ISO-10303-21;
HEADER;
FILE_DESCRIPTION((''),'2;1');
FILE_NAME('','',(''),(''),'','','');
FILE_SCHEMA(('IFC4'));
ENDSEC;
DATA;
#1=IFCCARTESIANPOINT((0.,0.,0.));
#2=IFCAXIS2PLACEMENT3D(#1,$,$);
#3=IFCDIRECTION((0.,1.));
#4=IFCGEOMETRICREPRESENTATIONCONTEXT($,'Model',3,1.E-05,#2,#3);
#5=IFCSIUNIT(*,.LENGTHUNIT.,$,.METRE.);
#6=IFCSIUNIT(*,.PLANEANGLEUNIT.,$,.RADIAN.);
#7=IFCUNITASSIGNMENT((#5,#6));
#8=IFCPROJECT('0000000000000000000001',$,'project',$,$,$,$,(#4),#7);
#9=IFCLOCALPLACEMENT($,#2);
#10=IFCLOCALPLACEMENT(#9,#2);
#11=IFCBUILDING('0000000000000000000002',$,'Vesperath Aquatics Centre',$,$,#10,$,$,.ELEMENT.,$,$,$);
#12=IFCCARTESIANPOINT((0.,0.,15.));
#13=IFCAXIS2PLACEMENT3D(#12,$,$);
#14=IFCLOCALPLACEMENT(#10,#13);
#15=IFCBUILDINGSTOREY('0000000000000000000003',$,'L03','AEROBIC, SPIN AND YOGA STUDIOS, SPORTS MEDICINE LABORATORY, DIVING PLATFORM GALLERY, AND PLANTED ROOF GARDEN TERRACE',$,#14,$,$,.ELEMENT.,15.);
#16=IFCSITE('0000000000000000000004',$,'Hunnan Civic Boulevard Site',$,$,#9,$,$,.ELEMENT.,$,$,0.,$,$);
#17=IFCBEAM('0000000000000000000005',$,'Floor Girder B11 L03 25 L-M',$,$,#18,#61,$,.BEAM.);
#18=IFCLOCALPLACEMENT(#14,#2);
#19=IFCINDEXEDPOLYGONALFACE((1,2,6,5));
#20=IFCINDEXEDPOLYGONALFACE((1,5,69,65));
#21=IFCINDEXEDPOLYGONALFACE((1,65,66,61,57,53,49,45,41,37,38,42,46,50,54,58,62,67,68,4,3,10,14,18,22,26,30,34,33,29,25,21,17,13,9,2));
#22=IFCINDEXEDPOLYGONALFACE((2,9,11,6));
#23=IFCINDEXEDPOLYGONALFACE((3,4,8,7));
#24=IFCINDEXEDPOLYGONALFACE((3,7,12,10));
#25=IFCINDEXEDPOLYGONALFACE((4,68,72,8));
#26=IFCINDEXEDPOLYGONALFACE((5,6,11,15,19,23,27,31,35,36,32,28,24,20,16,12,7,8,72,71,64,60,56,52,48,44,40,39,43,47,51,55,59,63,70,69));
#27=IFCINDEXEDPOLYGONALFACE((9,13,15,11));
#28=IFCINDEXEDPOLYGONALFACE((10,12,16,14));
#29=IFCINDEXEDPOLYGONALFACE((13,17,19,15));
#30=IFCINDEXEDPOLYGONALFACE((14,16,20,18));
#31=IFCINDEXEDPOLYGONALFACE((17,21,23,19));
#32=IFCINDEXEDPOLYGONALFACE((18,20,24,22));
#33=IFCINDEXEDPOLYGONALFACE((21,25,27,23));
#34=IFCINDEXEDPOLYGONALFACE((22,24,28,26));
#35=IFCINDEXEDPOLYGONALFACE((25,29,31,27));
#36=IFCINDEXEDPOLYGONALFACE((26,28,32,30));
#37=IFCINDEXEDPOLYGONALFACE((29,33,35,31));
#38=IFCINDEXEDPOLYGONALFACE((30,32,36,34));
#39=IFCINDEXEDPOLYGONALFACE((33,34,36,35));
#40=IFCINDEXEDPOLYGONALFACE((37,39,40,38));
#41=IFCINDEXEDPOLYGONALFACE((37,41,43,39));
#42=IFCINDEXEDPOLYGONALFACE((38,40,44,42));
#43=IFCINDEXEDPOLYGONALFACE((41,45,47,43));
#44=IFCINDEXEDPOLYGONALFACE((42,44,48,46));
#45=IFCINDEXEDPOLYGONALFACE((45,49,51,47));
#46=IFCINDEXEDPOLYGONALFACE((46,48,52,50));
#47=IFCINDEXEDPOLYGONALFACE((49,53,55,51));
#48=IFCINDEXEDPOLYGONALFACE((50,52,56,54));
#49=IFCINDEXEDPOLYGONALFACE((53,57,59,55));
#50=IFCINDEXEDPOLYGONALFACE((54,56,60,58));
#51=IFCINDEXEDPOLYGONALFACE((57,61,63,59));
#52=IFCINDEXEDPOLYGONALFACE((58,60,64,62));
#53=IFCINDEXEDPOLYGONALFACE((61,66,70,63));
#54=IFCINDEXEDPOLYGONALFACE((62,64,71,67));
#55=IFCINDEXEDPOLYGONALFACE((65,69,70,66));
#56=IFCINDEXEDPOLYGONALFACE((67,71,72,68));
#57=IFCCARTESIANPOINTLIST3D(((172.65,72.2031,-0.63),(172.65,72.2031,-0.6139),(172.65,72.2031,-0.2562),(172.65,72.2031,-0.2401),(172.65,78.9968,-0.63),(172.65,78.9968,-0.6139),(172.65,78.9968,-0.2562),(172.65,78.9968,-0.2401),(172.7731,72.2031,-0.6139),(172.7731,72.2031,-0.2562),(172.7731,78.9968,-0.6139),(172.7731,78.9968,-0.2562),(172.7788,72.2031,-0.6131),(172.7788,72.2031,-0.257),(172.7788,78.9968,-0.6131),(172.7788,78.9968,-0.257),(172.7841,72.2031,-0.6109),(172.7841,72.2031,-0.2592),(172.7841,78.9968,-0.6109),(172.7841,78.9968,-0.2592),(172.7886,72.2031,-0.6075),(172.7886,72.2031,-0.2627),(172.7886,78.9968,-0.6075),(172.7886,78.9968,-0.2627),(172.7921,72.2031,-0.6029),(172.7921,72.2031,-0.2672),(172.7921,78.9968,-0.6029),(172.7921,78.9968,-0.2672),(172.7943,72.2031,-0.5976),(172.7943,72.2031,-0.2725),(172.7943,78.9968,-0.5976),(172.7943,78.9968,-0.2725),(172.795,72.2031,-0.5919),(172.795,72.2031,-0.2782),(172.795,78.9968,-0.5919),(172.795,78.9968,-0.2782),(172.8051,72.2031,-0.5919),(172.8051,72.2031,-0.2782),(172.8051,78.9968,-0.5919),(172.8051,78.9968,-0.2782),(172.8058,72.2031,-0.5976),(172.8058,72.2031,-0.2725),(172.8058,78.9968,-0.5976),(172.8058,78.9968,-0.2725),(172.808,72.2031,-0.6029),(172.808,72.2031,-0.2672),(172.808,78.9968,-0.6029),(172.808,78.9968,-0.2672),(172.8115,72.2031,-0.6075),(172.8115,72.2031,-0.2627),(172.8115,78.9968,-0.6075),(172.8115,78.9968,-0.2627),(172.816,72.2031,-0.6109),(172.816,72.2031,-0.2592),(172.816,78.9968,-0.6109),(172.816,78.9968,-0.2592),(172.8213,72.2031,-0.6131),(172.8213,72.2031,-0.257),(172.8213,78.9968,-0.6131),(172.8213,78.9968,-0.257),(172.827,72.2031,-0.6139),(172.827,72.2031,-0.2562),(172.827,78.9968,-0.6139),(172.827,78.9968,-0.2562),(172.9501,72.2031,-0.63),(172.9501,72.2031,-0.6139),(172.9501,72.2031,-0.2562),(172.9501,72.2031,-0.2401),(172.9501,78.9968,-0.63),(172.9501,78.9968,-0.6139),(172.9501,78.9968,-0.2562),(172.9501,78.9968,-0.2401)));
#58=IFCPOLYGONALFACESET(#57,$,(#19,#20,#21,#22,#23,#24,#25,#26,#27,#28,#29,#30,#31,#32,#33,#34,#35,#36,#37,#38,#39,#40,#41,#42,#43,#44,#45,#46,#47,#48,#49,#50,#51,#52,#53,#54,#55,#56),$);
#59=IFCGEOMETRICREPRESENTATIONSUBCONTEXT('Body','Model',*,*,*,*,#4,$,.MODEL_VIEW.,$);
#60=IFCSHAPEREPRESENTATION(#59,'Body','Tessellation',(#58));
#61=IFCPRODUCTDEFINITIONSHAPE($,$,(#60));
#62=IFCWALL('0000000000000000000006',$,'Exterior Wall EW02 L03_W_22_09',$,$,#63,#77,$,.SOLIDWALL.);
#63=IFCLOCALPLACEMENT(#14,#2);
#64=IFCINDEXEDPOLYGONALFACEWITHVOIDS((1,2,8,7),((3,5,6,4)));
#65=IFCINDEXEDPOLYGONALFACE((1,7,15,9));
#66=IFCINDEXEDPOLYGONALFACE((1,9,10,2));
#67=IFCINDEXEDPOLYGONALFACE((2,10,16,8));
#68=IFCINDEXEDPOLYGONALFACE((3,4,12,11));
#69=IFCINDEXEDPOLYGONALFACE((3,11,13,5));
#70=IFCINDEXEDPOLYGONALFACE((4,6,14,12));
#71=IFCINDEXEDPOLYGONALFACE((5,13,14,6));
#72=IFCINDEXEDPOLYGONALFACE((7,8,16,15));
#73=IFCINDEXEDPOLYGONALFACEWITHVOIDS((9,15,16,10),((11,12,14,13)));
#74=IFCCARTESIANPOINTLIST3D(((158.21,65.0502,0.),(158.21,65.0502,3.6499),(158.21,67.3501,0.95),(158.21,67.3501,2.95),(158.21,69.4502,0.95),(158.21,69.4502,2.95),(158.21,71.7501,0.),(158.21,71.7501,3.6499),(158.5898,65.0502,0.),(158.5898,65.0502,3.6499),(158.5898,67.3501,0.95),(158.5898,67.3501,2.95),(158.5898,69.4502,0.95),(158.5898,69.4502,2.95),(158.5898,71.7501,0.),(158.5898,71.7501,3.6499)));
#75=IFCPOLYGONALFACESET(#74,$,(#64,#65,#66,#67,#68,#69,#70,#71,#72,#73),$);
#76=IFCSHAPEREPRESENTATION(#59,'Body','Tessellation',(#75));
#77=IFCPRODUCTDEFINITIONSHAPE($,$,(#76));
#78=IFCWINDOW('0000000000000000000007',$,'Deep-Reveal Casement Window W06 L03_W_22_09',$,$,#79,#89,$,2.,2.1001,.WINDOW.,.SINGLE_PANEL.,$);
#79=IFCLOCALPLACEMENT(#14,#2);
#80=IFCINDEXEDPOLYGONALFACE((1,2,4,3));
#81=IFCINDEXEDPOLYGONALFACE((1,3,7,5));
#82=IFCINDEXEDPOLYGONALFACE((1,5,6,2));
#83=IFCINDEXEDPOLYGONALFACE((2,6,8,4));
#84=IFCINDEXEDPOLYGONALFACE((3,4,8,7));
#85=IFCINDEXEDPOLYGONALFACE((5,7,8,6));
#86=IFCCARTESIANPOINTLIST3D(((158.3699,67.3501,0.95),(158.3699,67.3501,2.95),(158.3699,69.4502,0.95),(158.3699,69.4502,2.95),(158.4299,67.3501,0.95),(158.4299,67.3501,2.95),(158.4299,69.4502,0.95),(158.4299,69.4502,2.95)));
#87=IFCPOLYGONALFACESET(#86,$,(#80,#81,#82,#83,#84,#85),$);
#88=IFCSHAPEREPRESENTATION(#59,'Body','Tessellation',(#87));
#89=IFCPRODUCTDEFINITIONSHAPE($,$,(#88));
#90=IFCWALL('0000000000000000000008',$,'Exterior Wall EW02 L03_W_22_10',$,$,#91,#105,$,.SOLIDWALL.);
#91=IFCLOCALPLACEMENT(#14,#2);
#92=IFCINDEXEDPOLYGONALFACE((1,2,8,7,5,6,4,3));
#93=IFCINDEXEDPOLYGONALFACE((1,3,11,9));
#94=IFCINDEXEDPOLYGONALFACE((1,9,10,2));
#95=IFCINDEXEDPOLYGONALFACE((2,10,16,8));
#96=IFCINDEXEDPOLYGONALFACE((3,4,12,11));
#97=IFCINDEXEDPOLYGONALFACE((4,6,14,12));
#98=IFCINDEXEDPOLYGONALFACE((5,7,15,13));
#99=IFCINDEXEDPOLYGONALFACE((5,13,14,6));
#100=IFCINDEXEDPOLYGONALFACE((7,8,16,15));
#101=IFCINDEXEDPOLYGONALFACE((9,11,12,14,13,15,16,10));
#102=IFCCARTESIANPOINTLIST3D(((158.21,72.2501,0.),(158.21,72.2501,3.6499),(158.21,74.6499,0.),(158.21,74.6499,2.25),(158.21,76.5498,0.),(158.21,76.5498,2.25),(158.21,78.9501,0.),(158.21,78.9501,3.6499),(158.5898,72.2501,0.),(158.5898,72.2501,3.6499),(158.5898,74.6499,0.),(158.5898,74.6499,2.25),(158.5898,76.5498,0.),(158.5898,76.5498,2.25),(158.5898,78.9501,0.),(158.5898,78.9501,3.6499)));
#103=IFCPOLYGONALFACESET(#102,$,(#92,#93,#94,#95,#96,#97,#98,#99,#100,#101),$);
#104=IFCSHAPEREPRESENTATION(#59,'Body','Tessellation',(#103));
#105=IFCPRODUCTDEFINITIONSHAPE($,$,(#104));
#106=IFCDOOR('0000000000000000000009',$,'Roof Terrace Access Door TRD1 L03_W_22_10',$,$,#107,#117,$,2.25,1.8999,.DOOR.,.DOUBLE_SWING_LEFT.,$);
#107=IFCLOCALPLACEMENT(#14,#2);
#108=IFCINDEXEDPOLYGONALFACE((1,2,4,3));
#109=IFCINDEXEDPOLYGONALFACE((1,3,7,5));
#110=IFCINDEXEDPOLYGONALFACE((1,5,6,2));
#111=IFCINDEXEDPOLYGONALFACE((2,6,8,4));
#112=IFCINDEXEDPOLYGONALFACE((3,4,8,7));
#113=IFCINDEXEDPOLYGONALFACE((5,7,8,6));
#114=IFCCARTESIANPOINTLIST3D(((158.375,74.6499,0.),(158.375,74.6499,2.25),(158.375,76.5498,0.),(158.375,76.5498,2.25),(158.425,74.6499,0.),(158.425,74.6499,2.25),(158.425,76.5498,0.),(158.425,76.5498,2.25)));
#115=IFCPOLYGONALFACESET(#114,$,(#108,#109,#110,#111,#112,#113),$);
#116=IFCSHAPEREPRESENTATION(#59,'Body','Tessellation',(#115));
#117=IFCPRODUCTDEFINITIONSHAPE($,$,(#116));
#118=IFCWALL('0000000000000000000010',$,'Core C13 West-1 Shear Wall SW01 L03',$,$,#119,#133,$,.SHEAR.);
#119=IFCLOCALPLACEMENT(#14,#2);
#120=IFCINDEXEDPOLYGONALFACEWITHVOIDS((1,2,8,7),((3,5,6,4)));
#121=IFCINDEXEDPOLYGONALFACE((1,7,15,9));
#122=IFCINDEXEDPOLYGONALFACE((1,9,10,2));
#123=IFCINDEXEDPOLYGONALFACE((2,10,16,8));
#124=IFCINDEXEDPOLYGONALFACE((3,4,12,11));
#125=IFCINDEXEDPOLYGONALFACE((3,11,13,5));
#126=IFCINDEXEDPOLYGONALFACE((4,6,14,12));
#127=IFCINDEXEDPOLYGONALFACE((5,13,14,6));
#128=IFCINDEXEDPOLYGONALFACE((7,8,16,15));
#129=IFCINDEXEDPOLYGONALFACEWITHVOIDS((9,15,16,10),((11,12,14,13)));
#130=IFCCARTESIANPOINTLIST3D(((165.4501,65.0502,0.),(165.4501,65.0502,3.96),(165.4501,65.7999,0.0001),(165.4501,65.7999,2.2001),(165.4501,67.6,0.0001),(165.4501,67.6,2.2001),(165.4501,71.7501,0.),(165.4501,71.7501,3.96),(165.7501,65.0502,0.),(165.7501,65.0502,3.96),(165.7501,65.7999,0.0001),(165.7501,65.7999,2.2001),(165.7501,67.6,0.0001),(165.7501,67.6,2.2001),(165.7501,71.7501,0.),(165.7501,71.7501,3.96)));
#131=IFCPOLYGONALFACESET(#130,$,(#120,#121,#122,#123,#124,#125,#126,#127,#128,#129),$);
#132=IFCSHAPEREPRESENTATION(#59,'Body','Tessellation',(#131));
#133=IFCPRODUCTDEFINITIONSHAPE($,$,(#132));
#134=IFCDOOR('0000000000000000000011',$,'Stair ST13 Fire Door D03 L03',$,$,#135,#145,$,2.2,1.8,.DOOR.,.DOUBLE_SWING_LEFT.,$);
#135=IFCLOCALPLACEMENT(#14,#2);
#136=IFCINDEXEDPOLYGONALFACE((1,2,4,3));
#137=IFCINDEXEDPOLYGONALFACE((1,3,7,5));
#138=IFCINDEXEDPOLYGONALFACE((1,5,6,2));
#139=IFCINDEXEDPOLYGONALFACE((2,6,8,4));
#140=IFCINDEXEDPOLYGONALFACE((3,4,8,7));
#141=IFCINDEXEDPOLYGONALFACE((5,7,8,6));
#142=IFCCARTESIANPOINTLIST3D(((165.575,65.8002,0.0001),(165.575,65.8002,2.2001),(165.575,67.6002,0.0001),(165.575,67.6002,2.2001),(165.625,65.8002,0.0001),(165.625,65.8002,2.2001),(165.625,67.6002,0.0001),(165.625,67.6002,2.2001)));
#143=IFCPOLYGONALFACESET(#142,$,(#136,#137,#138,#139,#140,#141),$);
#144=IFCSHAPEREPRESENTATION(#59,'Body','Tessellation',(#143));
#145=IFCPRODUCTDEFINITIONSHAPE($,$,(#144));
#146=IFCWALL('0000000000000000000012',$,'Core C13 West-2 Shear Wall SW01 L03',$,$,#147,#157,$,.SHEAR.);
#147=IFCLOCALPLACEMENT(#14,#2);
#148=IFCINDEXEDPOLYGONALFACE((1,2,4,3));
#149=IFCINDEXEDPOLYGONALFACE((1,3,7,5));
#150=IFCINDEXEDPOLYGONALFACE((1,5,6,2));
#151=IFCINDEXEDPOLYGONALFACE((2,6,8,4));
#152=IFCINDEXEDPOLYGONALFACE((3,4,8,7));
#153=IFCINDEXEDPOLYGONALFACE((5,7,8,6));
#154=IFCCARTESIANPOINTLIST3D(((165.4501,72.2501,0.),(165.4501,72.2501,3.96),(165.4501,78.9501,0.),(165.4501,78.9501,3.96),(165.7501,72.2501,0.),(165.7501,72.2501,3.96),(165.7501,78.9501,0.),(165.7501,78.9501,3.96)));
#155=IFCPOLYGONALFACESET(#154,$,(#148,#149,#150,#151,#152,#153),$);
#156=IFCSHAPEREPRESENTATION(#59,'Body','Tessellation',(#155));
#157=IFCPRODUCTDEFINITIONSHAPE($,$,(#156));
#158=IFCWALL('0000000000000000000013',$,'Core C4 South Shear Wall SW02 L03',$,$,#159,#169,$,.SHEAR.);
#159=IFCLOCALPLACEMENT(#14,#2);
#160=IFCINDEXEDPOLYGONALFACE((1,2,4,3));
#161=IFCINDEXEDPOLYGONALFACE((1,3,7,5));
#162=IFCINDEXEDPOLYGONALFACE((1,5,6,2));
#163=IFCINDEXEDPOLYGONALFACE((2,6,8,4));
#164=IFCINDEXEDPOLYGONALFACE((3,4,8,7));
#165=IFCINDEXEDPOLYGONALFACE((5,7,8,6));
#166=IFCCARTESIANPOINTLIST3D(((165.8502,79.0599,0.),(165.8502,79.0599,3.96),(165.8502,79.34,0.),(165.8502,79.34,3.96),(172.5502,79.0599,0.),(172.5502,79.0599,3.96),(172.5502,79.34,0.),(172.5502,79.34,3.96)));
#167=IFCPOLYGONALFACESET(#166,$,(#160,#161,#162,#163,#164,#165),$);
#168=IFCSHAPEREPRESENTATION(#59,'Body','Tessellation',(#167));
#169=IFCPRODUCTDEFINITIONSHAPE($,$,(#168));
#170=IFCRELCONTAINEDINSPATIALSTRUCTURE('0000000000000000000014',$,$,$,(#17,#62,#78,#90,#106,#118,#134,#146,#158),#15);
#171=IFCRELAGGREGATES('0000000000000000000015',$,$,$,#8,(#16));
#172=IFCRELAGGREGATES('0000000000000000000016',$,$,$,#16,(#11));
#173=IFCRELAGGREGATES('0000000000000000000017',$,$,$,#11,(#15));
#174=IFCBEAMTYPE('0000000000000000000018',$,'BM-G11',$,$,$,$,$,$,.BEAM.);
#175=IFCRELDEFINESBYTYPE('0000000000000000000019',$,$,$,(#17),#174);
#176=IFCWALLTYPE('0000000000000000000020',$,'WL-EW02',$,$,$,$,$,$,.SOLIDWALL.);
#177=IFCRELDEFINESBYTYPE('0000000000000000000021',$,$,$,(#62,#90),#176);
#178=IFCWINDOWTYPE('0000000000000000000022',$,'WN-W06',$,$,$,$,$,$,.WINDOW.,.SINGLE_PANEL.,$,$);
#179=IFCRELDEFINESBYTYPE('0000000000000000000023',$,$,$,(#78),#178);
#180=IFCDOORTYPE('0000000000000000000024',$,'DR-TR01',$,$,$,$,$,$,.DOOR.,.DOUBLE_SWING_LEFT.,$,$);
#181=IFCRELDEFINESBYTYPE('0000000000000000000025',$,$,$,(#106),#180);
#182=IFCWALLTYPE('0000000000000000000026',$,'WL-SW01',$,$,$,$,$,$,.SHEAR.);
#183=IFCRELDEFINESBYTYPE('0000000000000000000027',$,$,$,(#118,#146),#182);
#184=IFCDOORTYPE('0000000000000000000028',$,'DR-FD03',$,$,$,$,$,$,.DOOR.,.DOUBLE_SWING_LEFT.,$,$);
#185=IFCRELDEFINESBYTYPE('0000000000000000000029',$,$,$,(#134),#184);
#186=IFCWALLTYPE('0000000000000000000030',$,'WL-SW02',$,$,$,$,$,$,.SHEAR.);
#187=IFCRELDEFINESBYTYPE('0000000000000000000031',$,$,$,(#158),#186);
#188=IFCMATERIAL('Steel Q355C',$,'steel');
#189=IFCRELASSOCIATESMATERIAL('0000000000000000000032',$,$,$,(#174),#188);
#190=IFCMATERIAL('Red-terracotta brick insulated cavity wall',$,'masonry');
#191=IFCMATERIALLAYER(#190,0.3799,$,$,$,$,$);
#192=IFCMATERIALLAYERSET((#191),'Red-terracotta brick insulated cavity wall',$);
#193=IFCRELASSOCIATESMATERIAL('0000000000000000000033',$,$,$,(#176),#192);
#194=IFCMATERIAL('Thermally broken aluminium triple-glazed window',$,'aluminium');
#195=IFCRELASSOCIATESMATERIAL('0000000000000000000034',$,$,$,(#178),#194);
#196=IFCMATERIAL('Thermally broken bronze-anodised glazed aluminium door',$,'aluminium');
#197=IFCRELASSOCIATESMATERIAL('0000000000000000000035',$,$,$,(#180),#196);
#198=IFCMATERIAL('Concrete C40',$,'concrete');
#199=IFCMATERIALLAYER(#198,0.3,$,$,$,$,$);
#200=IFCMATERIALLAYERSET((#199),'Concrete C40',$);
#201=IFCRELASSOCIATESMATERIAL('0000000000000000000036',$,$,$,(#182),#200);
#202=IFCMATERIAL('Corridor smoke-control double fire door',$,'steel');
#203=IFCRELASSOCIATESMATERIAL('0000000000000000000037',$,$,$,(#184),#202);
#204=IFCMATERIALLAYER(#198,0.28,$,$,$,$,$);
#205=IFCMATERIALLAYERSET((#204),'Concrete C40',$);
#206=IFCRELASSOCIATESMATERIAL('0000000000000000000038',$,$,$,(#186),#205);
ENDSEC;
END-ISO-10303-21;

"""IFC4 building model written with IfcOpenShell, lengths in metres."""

from ifc_helpers import new_model, si_unit, direction, frame, frame_2d, origin, origin_2d, place, context, subcontext, project, spatial, rectangle, i_section, extrude, material, layer, layer_set, material_profile, profile_set, type_object, element, fill, save


model = new_model("IFC4")

# Units and contexts
model_context = context("Model", 3, precision=1e-05, world=origin(), true_north=direction((0.0, 1.0)))
body_context = subcontext(model_context, "Body", "Model", "MODEL_VIEW")
ifc_project = project(units=[si_unit("LENGTHUNIT", "METRE"), si_unit("PLANEANGLEUNIT", "RADIAN")], contexts=[model_context])

# Site, building, storey
site_placement = place(None, origin())
site = spatial("IfcSite", under=ifc_project, at=site_placement, Name="Hunnan Civic Boulevard Site", CompositionType="ELEMENT", RefElevation=0.0)
building_placement = place(site_placement, origin())
building = spatial("IfcBuilding", under=site, at=building_placement, Name="Vesperath Aquatics Centre", CompositionType="ELEMENT")
storey_placement = place(building_placement, frame((0.0, 0.0, 15.0)))
storey = spatial("IfcBuildingStorey", under=building, at=storey_placement, Name="L03", Description="AEROBIC, SPIN AND YOGA STUDIOS, SPORTS MEDICINE LABORATORY, DIVING PLATFORM GALLERY, AND PLANTED ROOF GARDEN TERRACE", CompositionType="ELEMENT", Elevation=15.0)

# Beam
ifc_material_1 = material(Name="Steel Q355C", Category="steel")
ifc_material_profile_1 = material_profile(ifc_material_1, i_section(OverallWidth=0.3, OverallDepth=0.3899, WebThickness=0.01, FlangeThickness=0.0161, FilletRadius=0.022, at=origin_2d()), Name="HM 390x300x10x16")
ifc_profile_set_1 = profile_set([ifc_material_profile_1], Name="Steel Q355C")
beam_type_1 = type_object("IfcBeamType", Name="BM-G11", PredefinedType="BEAM", material=ifc_profile_set_1)
for number, where, z_axis, x_axis, name in (
    (1, (172.8, 72.2031, -0.4351), (0.0, 1.0, 0.0), (-1.0, 0.0, 0.0), "Floor Girder B11 L03 25 L-M"),
):
    element("IfcBeam", number, at=place(storey_placement, frame(where, z_axis=z_axis, x_axis=x_axis)), inside=storey, type_object=beam_type_1, Name=name, PredefinedType="BEAM", context=body_context, shape_type="SweptSolid", body=[
        extrude(i_section(OverallWidth=0.3, OverallDepth=0.3899, WebThickness=0.01, FlangeThickness=0.0161, FilletRadius=0.022, at=origin_2d()), origin(), (0.0, 0.0, 1.0), 6.7937),
    ])

# Wall, opening, window
ifc_material_2 = material(Name="Red-terracotta brick insulated cavity wall", Category="masonry")
ifc_layer_1 = layer(ifc_material_2, 0.3799)
ifc_layer_set_1 = layer_set([ifc_layer_1], Name="Red-terracotta brick insulated cavity wall")
wall_type_1 = type_object("IfcWallType", Name="WL-EW02", PredefinedType="SOLIDWALL", material=ifc_layer_set_1)
wall_1_placement = place(storey_placement, frame((158.3999, 65.05, 0.0), z_axis=(0.0, 0.0, 1.0), x_axis=(0.0, 1.0, 0.0)))
wall_1 = element("IfcWall", 2, at=wall_1_placement, inside=storey, type_object=wall_type_1, Name="Exterior Wall EW02 L03_W_22_09", PredefinedType="SOLIDWALL", context=body_context, shape_type="SweptSolid", body=[
    extrude(rectangle(XDim=6.7, YDim=0.3799, at=frame_2d((3.3501, 0.0))), origin(), (0.0, 0.0, 1.0), 3.6499),
])
opening_1_placement = place(wall_1_placement, frame((2.3, 0.0, 0.95)))
opening_1 = element("IfcOpeningElement", 3, at=opening_1_placement, cuts=wall_1, PredefinedType="OPENING", context=body_context, shape_type="SweptSolid", body=[
    extrude(rectangle(XDim=2.1001, YDim=2.0, at=frame_2d((1.05, 1.0))), frame((0.0, 0.2048, 0.0), z_axis=(0.0, -1.0, 0.0), x_axis=(1.0, 0.0, 0.0)), (0.0, 0.0, 1.0), 0.4097),
])
ifc_material_3 = material(Name="Thermally broken aluminium triple-glazed window", Category="aluminium")
window_type = type_object("IfcWindowType", Name="WN-W06", PartitioningType="SINGLE_PANEL", PredefinedType="WINDOW", material=ifc_material_3)
window_placement = place(opening_1_placement, origin())
window = element("IfcWindow", 4, at=window_placement, inside=storey, type_object=window_type, Name="Deep-Reveal Casement Window W06 L03_W_22_09", OverallHeight=2.0, OverallWidth=2.1001, PartitioningType="SINGLE_PANEL", PredefinedType="WINDOW", context=body_context, shape_type="SweptSolid", body=[
    extrude(rectangle(XDim=2.1001, YDim=2.0, at=frame_2d((1.05, 1.0))), frame((0.0, 0.03, 0.0), z_axis=(0.0, -1.0, 0.0), x_axis=(1.0, 0.0, 0.0)), (0.0, 0.0, 1.0), 0.0601),
])
fill(opening_1, window)

# Walls, openings, doors
wall_2_placement = place(storey_placement, frame((158.3999, 72.25, 0.0), z_axis=(0.0, 0.0, 1.0), x_axis=(0.0, 1.0, 0.0)))
wall_2 = element("IfcWall", 5, at=wall_2_placement, inside=storey, type_object=wall_type_1, Name="Exterior Wall EW02 L03_W_22_10", PredefinedType="SOLIDWALL", context=body_context, shape_type="SweptSolid", body=[
    extrude(rectangle(XDim=6.7, YDim=0.3799, at=frame_2d((3.3501, 0.0))), origin(), (0.0, 0.0, 1.0), 3.6499),
])
opening_2_placement = place(wall_2_placement, frame((2.3999, 0.0, 0.0)))
opening_2 = element("IfcOpeningElement", 6, at=opening_2_placement, cuts=wall_2, PredefinedType="OPENING", context=body_context, shape_type="SweptSolid", body=[
    extrude(rectangle(XDim=1.8999, YDim=2.25, at=frame_2d((0.95, 1.125))), frame((0.0, 0.2048, 0.0), z_axis=(0.0, -1.0, 0.0), x_axis=(1.0, 0.0, 0.0)), (0.0, 0.0, 1.0), 0.4097),
])
ifc_material_4 = material(Name="Thermally broken bronze-anodised glazed aluminium door", Category="aluminium")
door_type_1 = type_object("IfcDoorType", Name="DR-TR01", OperationType="DOUBLE_SWING_LEFT", PredefinedType="DOOR", material=ifc_material_4)
door_1_placement = place(opening_2_placement, origin())
door_1 = element("IfcDoor", 7, at=door_1_placement, inside=storey, type_object=door_type_1, Name="Roof Terrace Access Door TRD1 L03_W_22_10", OperationType="DOUBLE_SWING_LEFT", OverallHeight=2.25, OverallWidth=1.8999, PredefinedType="DOOR", context=body_context, shape_type="SweptSolid", body=[
    extrude(rectangle(XDim=1.8999, YDim=2.25, at=frame_2d((0.95, 1.125))), frame((0.0, 0.0249, 0.0), z_axis=(0.0, -1.0, 0.0), x_axis=(1.0, 0.0, 0.0)), (0.0, 0.0, 1.0), 0.05),
])
fill(opening_2, door_1)
ifc_material_5 = material(Name="Concrete C40", Category="concrete")
ifc_layer_2 = layer(ifc_material_5, 0.3)
ifc_layer_set_2 = layer_set([ifc_layer_2], Name="Concrete C40")
wall_type_2 = type_object("IfcWallType", Name="WL-SW01", PredefinedType="SHEAR", material=ifc_layer_set_2)
wall_3_placement = place(storey_placement, frame((165.6001, 65.05, 0.0), z_axis=(0.0, 0.0, 1.0), x_axis=(0.0, 1.0, 0.0)))
wall_3 = element("IfcWall", 8, at=wall_3_placement, inside=storey, type_object=wall_type_2, Name="Core C13 West-1 Shear Wall SW01 L03", PredefinedType="SHEAR", context=body_context, shape_type="SweptSolid", body=[
    extrude(rectangle(XDim=6.7, YDim=0.3, at=frame_2d((3.3501, 0.0))), origin(), (0.0, 0.0, 1.0), 3.96),
])
opening_3_placement = place(wall_3_placement, frame((0.75, 0.0, 0.0)))
opening_3 = element("IfcOpeningElement", 9, at=opening_3_placement, cuts=wall_3, PredefinedType="OPENING", context=body_context, shape_type="SweptSolid", body=[
    extrude(rectangle(XDim=1.8, YDim=2.2, at=frame_2d((0.8999, 1.1001))), frame((0.0, 0.165, 0.0), z_axis=(0.0, -1.0, 0.0), x_axis=(1.0, 0.0, 0.0)), (0.0, 0.0, 1.0), 0.3298),
])
ifc_material_6 = material(Name="Corridor smoke-control double fire door", Category="steel")
door_type_2 = type_object("IfcDoorType", Name="DR-FD03", OperationType="DOUBLE_SWING_LEFT", PredefinedType="DOOR", material=ifc_material_6)
door_2_placement = place(opening_3_placement, frame((1.8, 0.0, 0.0), z_axis=(0.0, 0.0, 1.0), x_axis=(-1.0, 0.0, 0.0)))
door_2 = element("IfcDoor", 10, at=door_2_placement, inside=storey, type_object=door_type_2, Name="Stair ST13 Fire Door D03 L03", OperationType="DOUBLE_SWING_LEFT", OverallHeight=2.2, OverallWidth=1.8, PredefinedType="DOOR", context=body_context, shape_type="SweptSolid", body=[
    extrude(rectangle(XDim=1.8, YDim=2.2, at=frame_2d((0.8999, 1.1001))), frame((0.0, 0.0249, 0.0), z_axis=(0.0, -1.0, 0.0), x_axis=(1.0, 0.0, 0.0)), (0.0, 0.0, 1.0), 0.05),
])
fill(opening_3, door_2)

# Walls
wall_4_placement = place(storey_placement, frame((165.6001, 72.25, 0.0), z_axis=(0.0, 0.0, 1.0), x_axis=(0.0, 1.0, 0.0)))
element("IfcWall", 11, at=wall_4_placement, inside=storey, type_object=wall_type_2, Name="Core C13 West-2 Shear Wall SW01 L03", PredefinedType="SHEAR", context=body_context, shape_type="SweptSolid", body=[
    extrude(rectangle(XDim=6.7, YDim=0.3, at=frame_2d((3.3501, 0.0))), origin(), (0.0, 0.0, 1.0), 3.96),
])
ifc_layer_3 = layer(ifc_material_5, 0.28)
ifc_layer_set_3 = layer_set([ifc_layer_3], Name="Concrete C40")
wall_type_3 = type_object("IfcWallType", Name="WL-SW02", PredefinedType="SHEAR", material=ifc_layer_set_3)
wall_5_placement = place(storey_placement, frame((165.8501, 79.2, 0.0), z_axis=(0.0, 0.0, 1.0), x_axis=(1.0, 0.0, 0.0)))
element("IfcWall", 12, at=wall_5_placement, inside=storey, type_object=wall_type_3, Name="Core C4 South Shear Wall SW02 L03", PredefinedType="SHEAR", context=body_context, shape_type="SweptSolid", body=[
    extrude(rectangle(XDim=6.7, YDim=0.28, at=frame_2d((3.3501, 0.0))), origin(), (0.0, 0.0, 1.0), 3.96),
])

save(model, "model.ifc")
